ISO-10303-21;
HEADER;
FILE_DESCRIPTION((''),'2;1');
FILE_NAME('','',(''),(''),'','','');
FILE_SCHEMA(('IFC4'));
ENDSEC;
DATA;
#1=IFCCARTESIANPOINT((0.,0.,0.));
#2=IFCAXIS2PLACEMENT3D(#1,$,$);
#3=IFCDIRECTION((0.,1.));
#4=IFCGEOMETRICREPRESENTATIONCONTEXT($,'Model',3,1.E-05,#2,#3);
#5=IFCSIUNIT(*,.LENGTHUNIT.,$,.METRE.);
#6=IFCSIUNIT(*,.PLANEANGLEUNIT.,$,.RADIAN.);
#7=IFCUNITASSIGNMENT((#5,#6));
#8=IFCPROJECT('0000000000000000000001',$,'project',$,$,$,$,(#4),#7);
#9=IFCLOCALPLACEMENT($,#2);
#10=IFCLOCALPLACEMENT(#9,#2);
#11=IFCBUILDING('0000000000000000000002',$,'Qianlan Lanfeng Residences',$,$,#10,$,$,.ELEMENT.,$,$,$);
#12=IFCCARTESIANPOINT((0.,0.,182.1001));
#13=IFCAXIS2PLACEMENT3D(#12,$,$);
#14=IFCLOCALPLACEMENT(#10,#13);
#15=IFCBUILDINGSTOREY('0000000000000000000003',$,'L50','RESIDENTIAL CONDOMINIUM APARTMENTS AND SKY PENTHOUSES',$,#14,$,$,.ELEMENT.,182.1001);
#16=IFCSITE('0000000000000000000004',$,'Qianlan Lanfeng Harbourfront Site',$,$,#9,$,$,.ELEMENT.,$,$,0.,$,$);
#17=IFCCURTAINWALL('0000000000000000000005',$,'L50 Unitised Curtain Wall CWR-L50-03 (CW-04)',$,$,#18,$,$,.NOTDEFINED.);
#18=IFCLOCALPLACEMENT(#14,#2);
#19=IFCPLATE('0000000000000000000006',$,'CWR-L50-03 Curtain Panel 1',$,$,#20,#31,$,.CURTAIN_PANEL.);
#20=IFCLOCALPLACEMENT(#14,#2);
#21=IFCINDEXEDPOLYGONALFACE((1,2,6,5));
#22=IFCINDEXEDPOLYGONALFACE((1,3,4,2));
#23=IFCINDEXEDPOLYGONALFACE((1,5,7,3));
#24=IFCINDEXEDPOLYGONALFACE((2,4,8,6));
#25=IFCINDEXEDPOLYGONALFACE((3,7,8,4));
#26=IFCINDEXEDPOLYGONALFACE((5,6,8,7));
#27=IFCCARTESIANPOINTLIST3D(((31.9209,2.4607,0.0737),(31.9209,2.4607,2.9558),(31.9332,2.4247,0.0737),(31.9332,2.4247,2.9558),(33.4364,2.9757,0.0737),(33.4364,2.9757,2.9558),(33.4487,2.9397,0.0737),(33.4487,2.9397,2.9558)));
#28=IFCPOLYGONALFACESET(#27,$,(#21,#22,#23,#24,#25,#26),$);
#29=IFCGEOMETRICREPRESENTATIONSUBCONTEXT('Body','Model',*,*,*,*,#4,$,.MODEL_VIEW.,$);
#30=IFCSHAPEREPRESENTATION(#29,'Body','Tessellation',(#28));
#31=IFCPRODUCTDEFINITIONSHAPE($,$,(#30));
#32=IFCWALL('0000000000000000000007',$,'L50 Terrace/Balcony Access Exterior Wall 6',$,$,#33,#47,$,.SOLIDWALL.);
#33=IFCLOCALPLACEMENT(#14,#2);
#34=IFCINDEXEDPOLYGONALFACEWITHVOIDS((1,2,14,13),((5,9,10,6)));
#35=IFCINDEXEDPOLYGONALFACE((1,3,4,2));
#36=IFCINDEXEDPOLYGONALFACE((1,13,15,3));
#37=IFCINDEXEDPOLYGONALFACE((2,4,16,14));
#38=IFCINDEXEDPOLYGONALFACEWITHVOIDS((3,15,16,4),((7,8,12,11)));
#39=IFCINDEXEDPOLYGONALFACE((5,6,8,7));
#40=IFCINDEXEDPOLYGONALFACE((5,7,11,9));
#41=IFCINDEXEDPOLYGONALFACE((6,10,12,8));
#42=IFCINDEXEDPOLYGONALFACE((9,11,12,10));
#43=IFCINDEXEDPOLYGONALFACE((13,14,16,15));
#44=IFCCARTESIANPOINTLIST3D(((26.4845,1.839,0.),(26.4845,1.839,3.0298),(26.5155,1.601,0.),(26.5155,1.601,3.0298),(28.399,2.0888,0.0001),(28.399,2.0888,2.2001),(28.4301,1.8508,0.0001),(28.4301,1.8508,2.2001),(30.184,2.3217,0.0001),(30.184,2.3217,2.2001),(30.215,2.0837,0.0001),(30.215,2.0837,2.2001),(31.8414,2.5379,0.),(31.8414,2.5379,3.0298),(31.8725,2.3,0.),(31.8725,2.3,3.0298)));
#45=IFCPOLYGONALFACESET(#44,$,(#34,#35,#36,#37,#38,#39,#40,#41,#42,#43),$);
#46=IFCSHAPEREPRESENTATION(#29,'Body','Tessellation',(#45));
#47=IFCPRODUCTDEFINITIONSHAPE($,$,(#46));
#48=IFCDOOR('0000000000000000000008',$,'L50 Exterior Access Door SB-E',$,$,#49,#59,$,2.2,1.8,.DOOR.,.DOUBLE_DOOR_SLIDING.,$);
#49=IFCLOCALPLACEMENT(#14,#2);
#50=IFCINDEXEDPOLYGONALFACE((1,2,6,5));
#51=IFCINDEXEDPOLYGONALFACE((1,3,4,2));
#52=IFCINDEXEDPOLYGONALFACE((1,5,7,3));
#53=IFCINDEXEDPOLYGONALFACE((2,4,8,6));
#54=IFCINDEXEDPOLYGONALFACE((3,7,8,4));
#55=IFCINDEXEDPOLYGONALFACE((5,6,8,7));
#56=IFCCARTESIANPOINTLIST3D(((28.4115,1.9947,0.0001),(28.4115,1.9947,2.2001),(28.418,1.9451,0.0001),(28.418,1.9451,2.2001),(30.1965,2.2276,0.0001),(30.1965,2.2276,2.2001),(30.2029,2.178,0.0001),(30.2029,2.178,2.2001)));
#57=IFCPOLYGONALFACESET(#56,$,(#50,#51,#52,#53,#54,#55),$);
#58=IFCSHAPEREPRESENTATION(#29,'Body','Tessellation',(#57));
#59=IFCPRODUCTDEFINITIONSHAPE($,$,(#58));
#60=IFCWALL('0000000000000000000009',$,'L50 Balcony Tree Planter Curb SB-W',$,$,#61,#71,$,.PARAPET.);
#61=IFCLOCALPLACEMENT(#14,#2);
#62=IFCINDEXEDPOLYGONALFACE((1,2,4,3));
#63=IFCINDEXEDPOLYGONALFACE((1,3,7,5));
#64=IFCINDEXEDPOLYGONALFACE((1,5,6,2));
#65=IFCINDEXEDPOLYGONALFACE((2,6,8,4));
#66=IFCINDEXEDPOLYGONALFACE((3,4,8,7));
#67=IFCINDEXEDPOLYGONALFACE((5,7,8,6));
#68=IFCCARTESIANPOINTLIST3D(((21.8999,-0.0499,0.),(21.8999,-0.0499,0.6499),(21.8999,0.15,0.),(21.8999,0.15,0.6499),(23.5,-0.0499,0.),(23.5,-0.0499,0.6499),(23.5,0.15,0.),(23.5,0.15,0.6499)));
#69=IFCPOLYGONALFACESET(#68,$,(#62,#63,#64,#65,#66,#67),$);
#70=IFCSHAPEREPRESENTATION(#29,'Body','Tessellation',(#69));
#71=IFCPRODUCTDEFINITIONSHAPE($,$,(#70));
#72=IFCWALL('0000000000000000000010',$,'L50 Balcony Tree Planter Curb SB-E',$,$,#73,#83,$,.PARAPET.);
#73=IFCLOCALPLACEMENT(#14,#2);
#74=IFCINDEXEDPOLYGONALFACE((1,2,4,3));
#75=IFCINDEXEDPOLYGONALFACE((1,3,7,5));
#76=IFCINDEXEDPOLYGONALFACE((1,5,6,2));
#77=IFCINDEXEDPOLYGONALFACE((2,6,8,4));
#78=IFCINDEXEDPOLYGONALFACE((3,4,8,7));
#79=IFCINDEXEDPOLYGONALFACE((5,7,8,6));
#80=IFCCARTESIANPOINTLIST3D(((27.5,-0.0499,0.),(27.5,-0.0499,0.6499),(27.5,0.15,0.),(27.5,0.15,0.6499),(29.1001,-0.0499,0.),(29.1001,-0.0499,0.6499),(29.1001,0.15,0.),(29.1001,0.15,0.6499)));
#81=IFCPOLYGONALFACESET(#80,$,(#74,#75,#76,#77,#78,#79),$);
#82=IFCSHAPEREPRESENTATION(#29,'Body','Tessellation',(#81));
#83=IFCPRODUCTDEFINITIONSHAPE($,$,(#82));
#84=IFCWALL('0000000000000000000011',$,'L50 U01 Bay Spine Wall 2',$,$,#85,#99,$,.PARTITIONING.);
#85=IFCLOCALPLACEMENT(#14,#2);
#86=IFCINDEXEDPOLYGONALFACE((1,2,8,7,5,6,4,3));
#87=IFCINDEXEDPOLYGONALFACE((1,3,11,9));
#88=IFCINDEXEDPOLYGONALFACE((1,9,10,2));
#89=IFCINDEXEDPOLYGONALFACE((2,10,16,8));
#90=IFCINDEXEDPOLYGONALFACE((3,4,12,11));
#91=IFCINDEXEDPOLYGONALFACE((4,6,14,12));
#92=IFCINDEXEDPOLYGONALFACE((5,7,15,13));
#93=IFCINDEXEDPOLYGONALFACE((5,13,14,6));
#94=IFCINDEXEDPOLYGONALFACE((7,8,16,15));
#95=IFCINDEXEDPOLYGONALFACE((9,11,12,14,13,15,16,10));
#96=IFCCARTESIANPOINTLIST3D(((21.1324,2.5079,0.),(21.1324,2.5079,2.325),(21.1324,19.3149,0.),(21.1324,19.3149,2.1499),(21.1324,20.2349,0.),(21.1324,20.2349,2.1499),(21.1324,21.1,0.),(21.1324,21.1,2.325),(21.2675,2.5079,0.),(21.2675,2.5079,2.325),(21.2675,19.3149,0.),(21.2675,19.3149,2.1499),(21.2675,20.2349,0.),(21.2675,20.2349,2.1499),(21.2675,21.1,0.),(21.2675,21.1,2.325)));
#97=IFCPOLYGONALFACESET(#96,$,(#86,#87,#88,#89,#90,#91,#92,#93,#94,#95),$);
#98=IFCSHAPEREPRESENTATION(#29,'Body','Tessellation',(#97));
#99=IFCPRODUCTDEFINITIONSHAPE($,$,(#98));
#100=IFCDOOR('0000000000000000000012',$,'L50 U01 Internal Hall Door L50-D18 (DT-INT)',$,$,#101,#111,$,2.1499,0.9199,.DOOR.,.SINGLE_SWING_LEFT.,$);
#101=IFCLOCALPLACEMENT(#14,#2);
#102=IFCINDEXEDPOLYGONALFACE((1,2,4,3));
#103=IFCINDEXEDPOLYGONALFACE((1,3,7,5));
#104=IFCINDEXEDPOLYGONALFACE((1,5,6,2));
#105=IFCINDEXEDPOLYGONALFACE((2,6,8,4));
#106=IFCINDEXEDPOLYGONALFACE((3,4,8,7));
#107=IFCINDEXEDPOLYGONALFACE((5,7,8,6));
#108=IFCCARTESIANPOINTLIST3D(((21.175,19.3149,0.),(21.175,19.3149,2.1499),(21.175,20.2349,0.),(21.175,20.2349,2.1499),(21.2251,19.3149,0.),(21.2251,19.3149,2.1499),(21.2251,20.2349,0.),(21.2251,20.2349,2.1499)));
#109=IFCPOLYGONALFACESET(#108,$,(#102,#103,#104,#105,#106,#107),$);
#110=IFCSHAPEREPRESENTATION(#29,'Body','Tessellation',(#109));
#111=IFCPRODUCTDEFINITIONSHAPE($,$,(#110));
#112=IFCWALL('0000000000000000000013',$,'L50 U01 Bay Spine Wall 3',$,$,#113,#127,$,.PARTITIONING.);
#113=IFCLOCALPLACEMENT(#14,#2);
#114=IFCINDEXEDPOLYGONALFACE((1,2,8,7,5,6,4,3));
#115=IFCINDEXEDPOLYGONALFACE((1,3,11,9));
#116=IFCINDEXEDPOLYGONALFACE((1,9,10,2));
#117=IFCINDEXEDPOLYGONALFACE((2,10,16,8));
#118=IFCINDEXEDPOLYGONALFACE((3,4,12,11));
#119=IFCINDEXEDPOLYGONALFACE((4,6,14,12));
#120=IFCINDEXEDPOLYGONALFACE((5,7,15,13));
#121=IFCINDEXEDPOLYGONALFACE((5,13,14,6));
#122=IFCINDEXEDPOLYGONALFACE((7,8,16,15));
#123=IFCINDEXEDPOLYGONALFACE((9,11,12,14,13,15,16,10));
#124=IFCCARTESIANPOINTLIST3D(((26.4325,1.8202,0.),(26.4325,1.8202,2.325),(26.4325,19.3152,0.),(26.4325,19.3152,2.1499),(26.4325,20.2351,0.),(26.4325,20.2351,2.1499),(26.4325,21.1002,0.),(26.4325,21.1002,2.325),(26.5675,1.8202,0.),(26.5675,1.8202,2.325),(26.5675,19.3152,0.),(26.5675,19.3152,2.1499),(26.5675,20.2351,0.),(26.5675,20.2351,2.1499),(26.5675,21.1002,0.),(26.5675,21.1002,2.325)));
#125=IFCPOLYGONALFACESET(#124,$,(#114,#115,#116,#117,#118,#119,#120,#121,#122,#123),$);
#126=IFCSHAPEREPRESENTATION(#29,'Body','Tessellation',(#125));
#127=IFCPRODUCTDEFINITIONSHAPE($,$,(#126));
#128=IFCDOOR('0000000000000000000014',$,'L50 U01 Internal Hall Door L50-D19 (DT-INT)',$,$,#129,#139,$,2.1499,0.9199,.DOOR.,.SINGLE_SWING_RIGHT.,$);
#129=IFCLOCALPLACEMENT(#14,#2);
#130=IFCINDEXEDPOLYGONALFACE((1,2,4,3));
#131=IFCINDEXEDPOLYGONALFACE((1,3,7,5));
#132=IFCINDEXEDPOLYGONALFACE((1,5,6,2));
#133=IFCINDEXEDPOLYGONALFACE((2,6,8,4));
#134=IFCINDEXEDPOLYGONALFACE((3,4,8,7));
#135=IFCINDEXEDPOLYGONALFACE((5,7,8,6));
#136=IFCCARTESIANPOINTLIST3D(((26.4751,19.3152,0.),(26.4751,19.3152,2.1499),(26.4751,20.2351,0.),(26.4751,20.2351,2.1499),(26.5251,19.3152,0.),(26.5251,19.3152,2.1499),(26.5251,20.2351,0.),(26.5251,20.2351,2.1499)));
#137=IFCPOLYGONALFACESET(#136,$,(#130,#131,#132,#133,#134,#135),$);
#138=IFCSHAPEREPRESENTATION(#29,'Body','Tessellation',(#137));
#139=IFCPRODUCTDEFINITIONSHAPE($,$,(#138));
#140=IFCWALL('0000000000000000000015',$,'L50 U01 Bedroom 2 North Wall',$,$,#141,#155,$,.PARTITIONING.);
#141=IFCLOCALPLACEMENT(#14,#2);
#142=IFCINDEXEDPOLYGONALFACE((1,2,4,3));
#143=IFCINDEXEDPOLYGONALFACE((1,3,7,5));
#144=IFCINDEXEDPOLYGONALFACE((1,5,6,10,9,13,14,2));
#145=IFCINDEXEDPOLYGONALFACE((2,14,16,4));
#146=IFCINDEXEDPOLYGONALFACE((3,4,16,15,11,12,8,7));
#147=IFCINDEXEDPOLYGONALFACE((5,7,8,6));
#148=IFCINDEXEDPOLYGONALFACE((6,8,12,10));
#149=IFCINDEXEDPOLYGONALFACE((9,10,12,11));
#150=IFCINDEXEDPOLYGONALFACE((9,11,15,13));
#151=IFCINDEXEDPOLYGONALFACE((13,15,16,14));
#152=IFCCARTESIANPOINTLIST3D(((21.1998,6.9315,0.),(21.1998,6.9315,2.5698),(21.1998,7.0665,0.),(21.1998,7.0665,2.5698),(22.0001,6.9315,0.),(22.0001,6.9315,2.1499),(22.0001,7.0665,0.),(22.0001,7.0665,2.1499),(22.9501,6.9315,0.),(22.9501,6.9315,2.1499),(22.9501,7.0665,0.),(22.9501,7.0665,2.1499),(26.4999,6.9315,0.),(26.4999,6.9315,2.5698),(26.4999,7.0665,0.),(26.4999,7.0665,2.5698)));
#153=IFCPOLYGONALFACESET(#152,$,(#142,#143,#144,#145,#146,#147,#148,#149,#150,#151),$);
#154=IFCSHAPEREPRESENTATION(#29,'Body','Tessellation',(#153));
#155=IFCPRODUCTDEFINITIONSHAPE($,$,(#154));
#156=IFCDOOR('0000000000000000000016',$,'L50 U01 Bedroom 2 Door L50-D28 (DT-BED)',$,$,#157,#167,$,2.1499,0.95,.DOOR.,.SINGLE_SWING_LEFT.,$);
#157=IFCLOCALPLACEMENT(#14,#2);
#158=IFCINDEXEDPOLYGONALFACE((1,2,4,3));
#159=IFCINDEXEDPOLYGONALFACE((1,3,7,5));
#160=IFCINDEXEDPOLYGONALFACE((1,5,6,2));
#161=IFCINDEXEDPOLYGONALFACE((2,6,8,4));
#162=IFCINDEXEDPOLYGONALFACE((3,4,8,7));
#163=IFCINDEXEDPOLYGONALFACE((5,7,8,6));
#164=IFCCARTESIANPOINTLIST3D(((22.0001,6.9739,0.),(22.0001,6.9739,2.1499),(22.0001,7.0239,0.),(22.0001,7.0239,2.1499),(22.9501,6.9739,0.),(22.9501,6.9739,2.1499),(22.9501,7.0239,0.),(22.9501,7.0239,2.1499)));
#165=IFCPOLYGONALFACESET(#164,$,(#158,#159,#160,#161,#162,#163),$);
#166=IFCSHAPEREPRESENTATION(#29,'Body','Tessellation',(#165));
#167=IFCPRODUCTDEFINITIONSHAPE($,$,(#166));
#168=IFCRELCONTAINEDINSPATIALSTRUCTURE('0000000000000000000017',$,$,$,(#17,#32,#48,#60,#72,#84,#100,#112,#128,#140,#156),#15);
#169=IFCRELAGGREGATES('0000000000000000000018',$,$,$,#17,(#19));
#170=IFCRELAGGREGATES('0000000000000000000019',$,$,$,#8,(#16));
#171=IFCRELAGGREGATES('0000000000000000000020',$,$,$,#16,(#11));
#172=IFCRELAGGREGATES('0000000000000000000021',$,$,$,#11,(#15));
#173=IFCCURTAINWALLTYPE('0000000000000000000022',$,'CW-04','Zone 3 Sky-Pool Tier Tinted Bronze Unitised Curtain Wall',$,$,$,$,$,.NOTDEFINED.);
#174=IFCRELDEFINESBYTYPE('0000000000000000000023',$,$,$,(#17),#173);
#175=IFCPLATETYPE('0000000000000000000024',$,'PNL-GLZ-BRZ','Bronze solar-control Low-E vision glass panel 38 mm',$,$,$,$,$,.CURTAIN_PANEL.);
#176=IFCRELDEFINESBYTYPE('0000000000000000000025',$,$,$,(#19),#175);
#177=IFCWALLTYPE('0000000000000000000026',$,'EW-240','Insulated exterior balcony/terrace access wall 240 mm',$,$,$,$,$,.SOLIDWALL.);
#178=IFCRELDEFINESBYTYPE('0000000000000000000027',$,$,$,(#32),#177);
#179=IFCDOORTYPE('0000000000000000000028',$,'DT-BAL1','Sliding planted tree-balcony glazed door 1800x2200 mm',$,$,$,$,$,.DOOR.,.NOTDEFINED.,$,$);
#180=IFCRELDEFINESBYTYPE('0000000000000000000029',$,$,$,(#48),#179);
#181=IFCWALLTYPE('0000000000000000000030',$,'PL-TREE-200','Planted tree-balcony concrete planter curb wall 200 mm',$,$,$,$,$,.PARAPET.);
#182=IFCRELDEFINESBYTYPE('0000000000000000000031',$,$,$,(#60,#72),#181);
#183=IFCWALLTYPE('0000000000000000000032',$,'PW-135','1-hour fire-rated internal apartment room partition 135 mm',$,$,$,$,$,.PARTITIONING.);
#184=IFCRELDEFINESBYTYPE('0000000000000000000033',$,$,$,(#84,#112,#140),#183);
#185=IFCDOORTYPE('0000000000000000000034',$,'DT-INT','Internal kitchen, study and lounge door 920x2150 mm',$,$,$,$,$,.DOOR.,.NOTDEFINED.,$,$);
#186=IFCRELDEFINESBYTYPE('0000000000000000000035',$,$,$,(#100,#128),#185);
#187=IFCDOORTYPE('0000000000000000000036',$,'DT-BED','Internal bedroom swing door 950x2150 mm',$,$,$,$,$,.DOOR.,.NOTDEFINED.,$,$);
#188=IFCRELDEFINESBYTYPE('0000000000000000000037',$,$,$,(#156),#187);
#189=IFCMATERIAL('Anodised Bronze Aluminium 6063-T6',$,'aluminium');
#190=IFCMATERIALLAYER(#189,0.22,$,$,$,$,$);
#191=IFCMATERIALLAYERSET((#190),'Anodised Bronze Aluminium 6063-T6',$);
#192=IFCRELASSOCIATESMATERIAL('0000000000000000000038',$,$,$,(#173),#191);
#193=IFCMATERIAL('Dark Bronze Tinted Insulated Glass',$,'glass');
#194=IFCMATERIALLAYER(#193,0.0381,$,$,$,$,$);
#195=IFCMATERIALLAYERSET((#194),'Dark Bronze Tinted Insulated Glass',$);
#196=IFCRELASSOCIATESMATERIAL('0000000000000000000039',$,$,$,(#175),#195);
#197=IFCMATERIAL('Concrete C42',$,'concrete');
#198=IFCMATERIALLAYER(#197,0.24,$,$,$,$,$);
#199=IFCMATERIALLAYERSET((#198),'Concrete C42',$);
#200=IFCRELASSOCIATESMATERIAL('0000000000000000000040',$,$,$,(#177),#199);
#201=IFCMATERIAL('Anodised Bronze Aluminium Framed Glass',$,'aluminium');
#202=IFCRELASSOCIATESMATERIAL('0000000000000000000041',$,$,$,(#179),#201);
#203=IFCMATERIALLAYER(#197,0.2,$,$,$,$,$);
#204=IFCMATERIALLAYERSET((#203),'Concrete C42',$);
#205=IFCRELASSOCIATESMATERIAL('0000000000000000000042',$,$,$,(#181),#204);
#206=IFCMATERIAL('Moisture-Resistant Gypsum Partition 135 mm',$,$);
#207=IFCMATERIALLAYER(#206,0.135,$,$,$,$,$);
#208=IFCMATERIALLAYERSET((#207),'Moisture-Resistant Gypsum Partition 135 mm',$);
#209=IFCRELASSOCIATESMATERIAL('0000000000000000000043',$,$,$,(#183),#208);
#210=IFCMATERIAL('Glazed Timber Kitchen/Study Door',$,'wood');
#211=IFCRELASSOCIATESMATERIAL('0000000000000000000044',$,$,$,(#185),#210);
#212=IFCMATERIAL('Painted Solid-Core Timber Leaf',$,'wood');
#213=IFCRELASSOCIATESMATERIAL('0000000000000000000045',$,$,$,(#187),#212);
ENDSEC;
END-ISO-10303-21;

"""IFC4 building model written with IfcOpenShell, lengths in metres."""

from ifc_helpers import new_model, si_unit, direction, frame, frame_2d, origin, origin_2d, place, context, subcontext, project, spatial, rectangle, extrude, source, transform, mapped, material, layer, layer_set, type_object, element, fill, aggregate, save


model = new_model("IFC4")

# Units and contexts
model_context = context("Model", 3, precision=1e-05, world=origin(), true_north=direction((0.0, 1.0)))
body_context = subcontext(model_context, "Body", "Model", "MODEL_VIEW")
ifc_project = project(units=[si_unit("LENGTHUNIT", "METRE"), si_unit("PLANEANGLEUNIT", "RADIAN")], contexts=[model_context])

# Site, building, storey
site_placement = place(None, origin())
site = spatial("IfcSite", under=ifc_project, at=site_placement, Name="Qianlan Lanfeng Harbourfront Site", CompositionType="ELEMENT", RefElevation=0.0)
building_placement = place(site_placement, origin())
building = spatial("IfcBuilding", under=site, at=building_placement, Name="Qianlan Lanfeng Residences", CompositionType="ELEMENT")
storey_placement = place(building_placement, frame((0.0, 0.0, 182.1001)))
storey = spatial("IfcBuildingStorey", under=building, at=storey_placement, Name="L50", Description="RESIDENTIAL CONDOMINIUM APARTMENTS AND SKY PENTHOUSES", CompositionType="ELEMENT", Elevation=182.1001)

# Curtain wall, plate
ifc_material_1 = material(Name="Anodised Bronze Aluminium 6063-T6", Category="aluminium")
ifc_layer_1 = layer(ifc_material_1, 0.22)
ifc_layer_set_1 = layer_set([ifc_layer_1], Name="Anodised Bronze Aluminium 6063-T6")
curtain_wall_type = type_object("IfcCurtainWallType", Name="CW-04", Description="Zone 3 Sky-Pool Tier Tinted Bronze Unitised Curtain Wall", PredefinedType="NOTDEFINED", material=ifc_layer_set_1)
curtain_wall_placement = place(storey_placement, origin())
curtain_wall = element("IfcCurtainWall", 1, at=curtain_wall_placement, inside=storey, type_object=curtain_wall_type, Name="L50 Unitised Curtain Wall CWR-L50-03 (CW-04)", PredefinedType="NOTDEFINED")
ifc_material_2 = material(Name="Dark Bronze Tinted Insulated Glass", Category="glass")
ifc_layer_2 = layer(ifc_material_2, 0.0381)
ifc_layer_set_2 = layer_set([ifc_layer_2], Name="Dark Bronze Tinted Insulated Glass")
plate_type = type_object("IfcPlateType", Name="PNL-GLZ-BRZ", Description="Bronze solar-control Low-E vision glass panel 38 mm", PredefinedType="CURTAIN_PANEL", material=ifc_layer_set_2)
shared_shape_1 = source(origin(), body_context, "Body", "SweptSolid", [
    extrude(rectangle(XDim=1.6006, YDim=0.0381, at=origin_2d()), origin(), (0.0, 0.0, 1.0), 2.8821),
])
plate_placement = place(storey_placement, frame((32.6848, 2.7002, 0.0737), z_axis=(0.0, 0.0, 1.0), x_axis=(0.946826, 0.321745, 0.0)))
plate = element("IfcPlate", 2, at=plate_placement, type_object=plate_type, Name="CWR-L50-03 Curtain Panel 1", PredefinedType="CURTAIN_PANEL", context=body_context, shape_type="MappedRepresentation", body=[
    mapped(shared_shape_1, transform((0.0, 0.0, 0.0), scale=1.0)),
])
aggregate(curtain_wall, [plate])

# Wall, opening, door
ifc_material_3 = material(Name="Concrete C42", Category="concrete")
ifc_layer_3 = layer(ifc_material_3, 0.24)
ifc_layer_set_3 = layer_set([ifc_layer_3], Name="Concrete C42")
wall_type_1 = type_object("IfcWallType", Name="EW-240", Description="Insulated exterior balcony/terrace access wall 240 mm", PredefinedType="SOLIDWALL", material=ifc_layer_set_3)
wall_1_placement = place(storey_placement, frame((26.5, 1.72, 0.0), z_axis=(0.0, 0.0, 1.0), x_axis=(0.991595, 0.129384, 0.0)))
wall_1 = element("IfcWall", 3, at=wall_1_placement, inside=storey, type_object=wall_type_1, Name="L50 Terrace/Balcony Access Exterior Wall 6", PredefinedType="SOLIDWALL", context=body_context, shape_type="SweptSolid", body=[
    extrude(rectangle(XDim=5.4023, YDim=0.24, at=frame_2d((2.7012, 0.0))), origin(), (0.0, 0.0, 1.0), 3.0298),
])
opening_1_placement = place(wall_1_placement, frame((1.9309, 0.0, 0.0)))
opening_1 = element("IfcOpeningElement", 4, at=opening_1_placement, cuts=wall_1, PredefinedType="OPENING", context=body_context, shape_type="SweptSolid", body=[
    extrude(rectangle(XDim=1.8, YDim=2.2, at=frame_2d((0.8999, 1.1001))), frame((0.0, 0.1299, 0.0), z_axis=(0.0, -1.0, 0.0), x_axis=(1.0, 0.0, 0.0)), (0.0, 0.0, 1.0), 0.26),
])
ifc_material_4 = material(Name="Anodised Bronze Aluminium Framed Glass", Category="aluminium")
door_type_1 = type_object("IfcDoorType", Name="DT-BAL1", Description="Sliding planted tree-balcony glazed door 1800x2200 mm", OperationType="NOTDEFINED", PredefinedType="DOOR", material=ifc_material_4)
door_1_placement = place(opening_1_placement, frame((1.8, 0.0, 0.0), z_axis=(0.0, 0.0, 1.0), x_axis=(-1.0, 0.0, 0.0)))
door_1 = element("IfcDoor", 5, at=door_1_placement, inside=storey, type_object=door_type_1, Name="L50 Exterior Access Door SB-E", OperationType="DOUBLE_DOOR_SLIDING", OverallHeight=2.2, OverallWidth=1.8, PredefinedType="DOOR", context=body_context, shape_type="SweptSolid", body=[
    extrude(rectangle(XDim=1.8, YDim=2.2, at=frame_2d((0.8999, 1.1001))), frame((0.0, 0.0249, 0.0), z_axis=(0.0, -1.0, 0.0), x_axis=(1.0, 0.0, 0.0)), (0.0, 0.0, 1.0), 0.05),
])
fill(opening_1, door_1)

# Walls
ifc_layer_4 = layer(ifc_material_3, 0.2)
ifc_layer_set_4 = layer_set([ifc_layer_4], Name="Concrete C42")
wall_type_2 = type_object("IfcWallType", Name="PL-TREE-200", Description="Planted tree-balcony concrete planter curb wall 200 mm", PredefinedType="PARAPET", material=ifc_layer_set_4)
for number, where, z_axis, x_axis, name in (
    (6, (21.8999, 0.05, 0.0), (0.0, 0.0, 1.0), (1.0, 0.0, 0.0), "L50 Balcony Tree Planter Curb SB-W"),
    (7, (27.5, 0.05, 0.0), (0.0, 0.0, 1.0), (1.0, 0.0, 0.0), "L50 Balcony Tree Planter Curb SB-E"),
):
    element("IfcWall", number, at=place(storey_placement, frame(where, z_axis=z_axis, x_axis=x_axis)), inside=storey, type_object=wall_type_2, Name=name, PredefinedType="PARAPET", context=body_context, shape_type="SweptSolid", body=[
        extrude(rectangle(XDim=1.6001, YDim=0.2, at=frame_2d((0.8, 0.0))), origin(), (0.0, 0.0, 1.0), 0.6499),
    ])

# Walls, openings, doors
ifc_material_5 = material(Name="Moisture-Resistant Gypsum Partition 135 mm")
ifc_layer_5 = layer(ifc_material_5, 0.135)
ifc_layer_set_5 = layer_set([ifc_layer_5], Name="Moisture-Resistant Gypsum Partition 135 mm")
wall_type_3 = type_object("IfcWallType", Name="PW-135", Description="1-hour fire-rated internal apartment room partition 135 mm", PredefinedType="PARTITIONING", material=ifc_layer_set_5)
wall_2_placement = place(storey_placement, frame((21.2, 2.5081, 0.0), z_axis=(0.0, 0.0, 1.0), x_axis=(0.0, 1.0, 0.0)))
wall_2 = element("IfcWall", 8, at=wall_2_placement, inside=storey, type_object=wall_type_3, Name="L50 U01 Bay Spine Wall 2", PredefinedType="PARTITIONING", context=body_context, shape_type="SweptSolid", body=[
    extrude(rectangle(XDim=18.592, YDim=0.135, at=frame_2d((9.2959, 0.0))), origin(), (0.0, 0.0, 1.0), 2.325),
])
opening_2_placement = place(wall_2_placement, frame((16.8069, 0.0, 0.0)))
opening_2 = element("IfcOpeningElement", 9, at=opening_2_placement, cuts=wall_2, PredefinedType="OPENING", context=body_context, shape_type="SweptSolid", body=[
    extrude(rectangle(XDim=0.9199, YDim=2.1499, at=frame_2d((0.46, 1.075))), frame((0.0, 0.0776, 0.0), z_axis=(0.0, -1.0, 0.0), x_axis=(1.0, 0.0, 0.0)), (0.0, 0.0, 1.0), 0.155),
])
ifc_material_6 = material(Name="Glazed Timber Kitchen/Study Door", Category="wood")
door_type_2 = type_object("IfcDoorType", Name="DT-INT", Description="Internal kitchen, study and lounge door 920x2150 mm", OperationType="NOTDEFINED", PredefinedType="DOOR", material=ifc_material_6)
door_2_placement = place(opening_2_placement, origin())
door_2 = element("IfcDoor", 10, at=door_2_placement, inside=storey, type_object=door_type_2, Name="L50 U01 Internal Hall Door L50-D18 (DT-INT)", OperationType="SINGLE_SWING_LEFT", OverallHeight=2.1499, OverallWidth=0.9199, PredefinedType="DOOR", context=body_context, shape_type="SweptSolid", body=[
    extrude(rectangle(XDim=0.9199, YDim=2.1499, at=frame_2d((0.46, 1.075))), frame((0.0, 0.0249, 0.0), z_axis=(0.0, -1.0, 0.0), x_axis=(1.0, 0.0, 0.0)), (0.0, 0.0, 1.0), 0.05),
])
fill(opening_2, door_2)
wall_3_placement = place(storey_placement, frame((26.5, 1.8201, 0.0), z_axis=(0.0, 0.0, 1.0), x_axis=(0.0, 1.0, 0.0)))
wall_3 = element("IfcWall", 11, at=wall_3_placement, inside=storey, type_object=wall_type_3, Name="L50 U01 Bay Spine Wall 3", PredefinedType="PARTITIONING", context=body_context, shape_type="SweptSolid", body=[
    extrude(rectangle(XDim=19.28, YDim=0.135, at=frame_2d((9.6401, 0.0))), origin(), (0.0, 0.0, 1.0), 2.325),
])
opening_3_placement = place(wall_3_placement, frame((17.4951, 0.0, 0.0)))
opening_3 = element("IfcOpeningElement", 12, at=opening_3_placement, cuts=wall_3, PredefinedType="OPENING", context=body_context, shape_type="SweptSolid", body=[
    extrude(rectangle(XDim=0.9199, YDim=2.1499, at=frame_2d((0.46, 1.075))), frame((0.0, 0.0776, 0.0), z_axis=(0.0, -1.0, 0.0), x_axis=(1.0, 0.0, 0.0)), (0.0, 0.0, 1.0), 0.155),
])
door_3_placement = place(opening_3_placement, origin())
door_3 = element("IfcDoor", 13, at=door_3_placement, inside=storey, type_object=door_type_2, Name="L50 U01 Internal Hall Door L50-D19 (DT-INT)", OperationType="SINGLE_SWING_RIGHT", OverallHeight=2.1499, OverallWidth=0.9199, PredefinedType="DOOR", context=body_context, shape_type="SweptSolid", body=[
    extrude(rectangle(XDim=0.9199, YDim=2.1499, at=frame_2d((0.46, 1.075))), frame((0.0, 0.0249, 0.0), z_axis=(0.0, -1.0, 0.0), x_axis=(1.0, 0.0, 0.0)), (0.0, 0.0, 1.0), 0.05),
])
fill(opening_3, door_3)
wall_4_placement = place(storey_placement, frame((21.2, 6.999, 0.0), z_axis=(0.0, 0.0, 1.0), x_axis=(1.0, 0.0, 0.0)))
wall_4 = element("IfcWall", 14, at=wall_4_placement, inside=storey, type_object=wall_type_3, Name="L50 U01 Bedroom 2 North Wall", PredefinedType="PARTITIONING", context=body_context, shape_type="SweptSolid", body=[
    extrude(rectangle(XDim=5.3, YDim=0.135, at=frame_2d((2.6499, 0.0))), origin(), (0.0, 0.0, 1.0), 2.5698),
])
opening_4_placement = place(wall_4_placement, frame((0.8, 0.0, 0.0)))
opening_4 = element("IfcOpeningElement", 15, at=opening_4_placement, cuts=wall_4, PredefinedType="OPENING", context=body_context, shape_type="SweptSolid", body=[
    extrude(rectangle(XDim=0.95, YDim=2.1499, at=frame_2d((0.4751, 1.075))), frame((0.0, 0.0776, 0.0), z_axis=(0.0, -1.0, 0.0), x_axis=(1.0, 0.0, 0.0)), (0.0, 0.0, 1.0), 0.155),
])
ifc_material_7 = material(Name="Painted Solid-Core Timber Leaf", Category="wood")
door_type_3 = type_object("IfcDoorType", Name="DT-BED", Description="Internal bedroom swing door 950x2150 mm", OperationType="NOTDEFINED", PredefinedType="DOOR", material=ifc_material_7)
door_4_placement = place(opening_4_placement, origin())
door_4 = element("IfcDoor", 16, at=door_4_placement, inside=storey, type_object=door_type_3, Name="L50 U01 Bedroom 2 Door L50-D28 (DT-BED)", OperationType="SINGLE_SWING_LEFT", OverallHeight=2.1499, OverallWidth=0.95, PredefinedType="DOOR", context=body_context, shape_type="SweptSolid", body=[
    extrude(rectangle(XDim=0.95, YDim=2.1499, at=frame_2d((0.4751, 1.075))), frame((0.0, 0.0249, 0.0), z_axis=(0.0, -1.0, 0.0), x_axis=(1.0, 0.0, 0.0)), (0.0, 0.0, 1.0), 0.05),
])
fill(opening_4, door_4)

save(model, "model.ifc")
